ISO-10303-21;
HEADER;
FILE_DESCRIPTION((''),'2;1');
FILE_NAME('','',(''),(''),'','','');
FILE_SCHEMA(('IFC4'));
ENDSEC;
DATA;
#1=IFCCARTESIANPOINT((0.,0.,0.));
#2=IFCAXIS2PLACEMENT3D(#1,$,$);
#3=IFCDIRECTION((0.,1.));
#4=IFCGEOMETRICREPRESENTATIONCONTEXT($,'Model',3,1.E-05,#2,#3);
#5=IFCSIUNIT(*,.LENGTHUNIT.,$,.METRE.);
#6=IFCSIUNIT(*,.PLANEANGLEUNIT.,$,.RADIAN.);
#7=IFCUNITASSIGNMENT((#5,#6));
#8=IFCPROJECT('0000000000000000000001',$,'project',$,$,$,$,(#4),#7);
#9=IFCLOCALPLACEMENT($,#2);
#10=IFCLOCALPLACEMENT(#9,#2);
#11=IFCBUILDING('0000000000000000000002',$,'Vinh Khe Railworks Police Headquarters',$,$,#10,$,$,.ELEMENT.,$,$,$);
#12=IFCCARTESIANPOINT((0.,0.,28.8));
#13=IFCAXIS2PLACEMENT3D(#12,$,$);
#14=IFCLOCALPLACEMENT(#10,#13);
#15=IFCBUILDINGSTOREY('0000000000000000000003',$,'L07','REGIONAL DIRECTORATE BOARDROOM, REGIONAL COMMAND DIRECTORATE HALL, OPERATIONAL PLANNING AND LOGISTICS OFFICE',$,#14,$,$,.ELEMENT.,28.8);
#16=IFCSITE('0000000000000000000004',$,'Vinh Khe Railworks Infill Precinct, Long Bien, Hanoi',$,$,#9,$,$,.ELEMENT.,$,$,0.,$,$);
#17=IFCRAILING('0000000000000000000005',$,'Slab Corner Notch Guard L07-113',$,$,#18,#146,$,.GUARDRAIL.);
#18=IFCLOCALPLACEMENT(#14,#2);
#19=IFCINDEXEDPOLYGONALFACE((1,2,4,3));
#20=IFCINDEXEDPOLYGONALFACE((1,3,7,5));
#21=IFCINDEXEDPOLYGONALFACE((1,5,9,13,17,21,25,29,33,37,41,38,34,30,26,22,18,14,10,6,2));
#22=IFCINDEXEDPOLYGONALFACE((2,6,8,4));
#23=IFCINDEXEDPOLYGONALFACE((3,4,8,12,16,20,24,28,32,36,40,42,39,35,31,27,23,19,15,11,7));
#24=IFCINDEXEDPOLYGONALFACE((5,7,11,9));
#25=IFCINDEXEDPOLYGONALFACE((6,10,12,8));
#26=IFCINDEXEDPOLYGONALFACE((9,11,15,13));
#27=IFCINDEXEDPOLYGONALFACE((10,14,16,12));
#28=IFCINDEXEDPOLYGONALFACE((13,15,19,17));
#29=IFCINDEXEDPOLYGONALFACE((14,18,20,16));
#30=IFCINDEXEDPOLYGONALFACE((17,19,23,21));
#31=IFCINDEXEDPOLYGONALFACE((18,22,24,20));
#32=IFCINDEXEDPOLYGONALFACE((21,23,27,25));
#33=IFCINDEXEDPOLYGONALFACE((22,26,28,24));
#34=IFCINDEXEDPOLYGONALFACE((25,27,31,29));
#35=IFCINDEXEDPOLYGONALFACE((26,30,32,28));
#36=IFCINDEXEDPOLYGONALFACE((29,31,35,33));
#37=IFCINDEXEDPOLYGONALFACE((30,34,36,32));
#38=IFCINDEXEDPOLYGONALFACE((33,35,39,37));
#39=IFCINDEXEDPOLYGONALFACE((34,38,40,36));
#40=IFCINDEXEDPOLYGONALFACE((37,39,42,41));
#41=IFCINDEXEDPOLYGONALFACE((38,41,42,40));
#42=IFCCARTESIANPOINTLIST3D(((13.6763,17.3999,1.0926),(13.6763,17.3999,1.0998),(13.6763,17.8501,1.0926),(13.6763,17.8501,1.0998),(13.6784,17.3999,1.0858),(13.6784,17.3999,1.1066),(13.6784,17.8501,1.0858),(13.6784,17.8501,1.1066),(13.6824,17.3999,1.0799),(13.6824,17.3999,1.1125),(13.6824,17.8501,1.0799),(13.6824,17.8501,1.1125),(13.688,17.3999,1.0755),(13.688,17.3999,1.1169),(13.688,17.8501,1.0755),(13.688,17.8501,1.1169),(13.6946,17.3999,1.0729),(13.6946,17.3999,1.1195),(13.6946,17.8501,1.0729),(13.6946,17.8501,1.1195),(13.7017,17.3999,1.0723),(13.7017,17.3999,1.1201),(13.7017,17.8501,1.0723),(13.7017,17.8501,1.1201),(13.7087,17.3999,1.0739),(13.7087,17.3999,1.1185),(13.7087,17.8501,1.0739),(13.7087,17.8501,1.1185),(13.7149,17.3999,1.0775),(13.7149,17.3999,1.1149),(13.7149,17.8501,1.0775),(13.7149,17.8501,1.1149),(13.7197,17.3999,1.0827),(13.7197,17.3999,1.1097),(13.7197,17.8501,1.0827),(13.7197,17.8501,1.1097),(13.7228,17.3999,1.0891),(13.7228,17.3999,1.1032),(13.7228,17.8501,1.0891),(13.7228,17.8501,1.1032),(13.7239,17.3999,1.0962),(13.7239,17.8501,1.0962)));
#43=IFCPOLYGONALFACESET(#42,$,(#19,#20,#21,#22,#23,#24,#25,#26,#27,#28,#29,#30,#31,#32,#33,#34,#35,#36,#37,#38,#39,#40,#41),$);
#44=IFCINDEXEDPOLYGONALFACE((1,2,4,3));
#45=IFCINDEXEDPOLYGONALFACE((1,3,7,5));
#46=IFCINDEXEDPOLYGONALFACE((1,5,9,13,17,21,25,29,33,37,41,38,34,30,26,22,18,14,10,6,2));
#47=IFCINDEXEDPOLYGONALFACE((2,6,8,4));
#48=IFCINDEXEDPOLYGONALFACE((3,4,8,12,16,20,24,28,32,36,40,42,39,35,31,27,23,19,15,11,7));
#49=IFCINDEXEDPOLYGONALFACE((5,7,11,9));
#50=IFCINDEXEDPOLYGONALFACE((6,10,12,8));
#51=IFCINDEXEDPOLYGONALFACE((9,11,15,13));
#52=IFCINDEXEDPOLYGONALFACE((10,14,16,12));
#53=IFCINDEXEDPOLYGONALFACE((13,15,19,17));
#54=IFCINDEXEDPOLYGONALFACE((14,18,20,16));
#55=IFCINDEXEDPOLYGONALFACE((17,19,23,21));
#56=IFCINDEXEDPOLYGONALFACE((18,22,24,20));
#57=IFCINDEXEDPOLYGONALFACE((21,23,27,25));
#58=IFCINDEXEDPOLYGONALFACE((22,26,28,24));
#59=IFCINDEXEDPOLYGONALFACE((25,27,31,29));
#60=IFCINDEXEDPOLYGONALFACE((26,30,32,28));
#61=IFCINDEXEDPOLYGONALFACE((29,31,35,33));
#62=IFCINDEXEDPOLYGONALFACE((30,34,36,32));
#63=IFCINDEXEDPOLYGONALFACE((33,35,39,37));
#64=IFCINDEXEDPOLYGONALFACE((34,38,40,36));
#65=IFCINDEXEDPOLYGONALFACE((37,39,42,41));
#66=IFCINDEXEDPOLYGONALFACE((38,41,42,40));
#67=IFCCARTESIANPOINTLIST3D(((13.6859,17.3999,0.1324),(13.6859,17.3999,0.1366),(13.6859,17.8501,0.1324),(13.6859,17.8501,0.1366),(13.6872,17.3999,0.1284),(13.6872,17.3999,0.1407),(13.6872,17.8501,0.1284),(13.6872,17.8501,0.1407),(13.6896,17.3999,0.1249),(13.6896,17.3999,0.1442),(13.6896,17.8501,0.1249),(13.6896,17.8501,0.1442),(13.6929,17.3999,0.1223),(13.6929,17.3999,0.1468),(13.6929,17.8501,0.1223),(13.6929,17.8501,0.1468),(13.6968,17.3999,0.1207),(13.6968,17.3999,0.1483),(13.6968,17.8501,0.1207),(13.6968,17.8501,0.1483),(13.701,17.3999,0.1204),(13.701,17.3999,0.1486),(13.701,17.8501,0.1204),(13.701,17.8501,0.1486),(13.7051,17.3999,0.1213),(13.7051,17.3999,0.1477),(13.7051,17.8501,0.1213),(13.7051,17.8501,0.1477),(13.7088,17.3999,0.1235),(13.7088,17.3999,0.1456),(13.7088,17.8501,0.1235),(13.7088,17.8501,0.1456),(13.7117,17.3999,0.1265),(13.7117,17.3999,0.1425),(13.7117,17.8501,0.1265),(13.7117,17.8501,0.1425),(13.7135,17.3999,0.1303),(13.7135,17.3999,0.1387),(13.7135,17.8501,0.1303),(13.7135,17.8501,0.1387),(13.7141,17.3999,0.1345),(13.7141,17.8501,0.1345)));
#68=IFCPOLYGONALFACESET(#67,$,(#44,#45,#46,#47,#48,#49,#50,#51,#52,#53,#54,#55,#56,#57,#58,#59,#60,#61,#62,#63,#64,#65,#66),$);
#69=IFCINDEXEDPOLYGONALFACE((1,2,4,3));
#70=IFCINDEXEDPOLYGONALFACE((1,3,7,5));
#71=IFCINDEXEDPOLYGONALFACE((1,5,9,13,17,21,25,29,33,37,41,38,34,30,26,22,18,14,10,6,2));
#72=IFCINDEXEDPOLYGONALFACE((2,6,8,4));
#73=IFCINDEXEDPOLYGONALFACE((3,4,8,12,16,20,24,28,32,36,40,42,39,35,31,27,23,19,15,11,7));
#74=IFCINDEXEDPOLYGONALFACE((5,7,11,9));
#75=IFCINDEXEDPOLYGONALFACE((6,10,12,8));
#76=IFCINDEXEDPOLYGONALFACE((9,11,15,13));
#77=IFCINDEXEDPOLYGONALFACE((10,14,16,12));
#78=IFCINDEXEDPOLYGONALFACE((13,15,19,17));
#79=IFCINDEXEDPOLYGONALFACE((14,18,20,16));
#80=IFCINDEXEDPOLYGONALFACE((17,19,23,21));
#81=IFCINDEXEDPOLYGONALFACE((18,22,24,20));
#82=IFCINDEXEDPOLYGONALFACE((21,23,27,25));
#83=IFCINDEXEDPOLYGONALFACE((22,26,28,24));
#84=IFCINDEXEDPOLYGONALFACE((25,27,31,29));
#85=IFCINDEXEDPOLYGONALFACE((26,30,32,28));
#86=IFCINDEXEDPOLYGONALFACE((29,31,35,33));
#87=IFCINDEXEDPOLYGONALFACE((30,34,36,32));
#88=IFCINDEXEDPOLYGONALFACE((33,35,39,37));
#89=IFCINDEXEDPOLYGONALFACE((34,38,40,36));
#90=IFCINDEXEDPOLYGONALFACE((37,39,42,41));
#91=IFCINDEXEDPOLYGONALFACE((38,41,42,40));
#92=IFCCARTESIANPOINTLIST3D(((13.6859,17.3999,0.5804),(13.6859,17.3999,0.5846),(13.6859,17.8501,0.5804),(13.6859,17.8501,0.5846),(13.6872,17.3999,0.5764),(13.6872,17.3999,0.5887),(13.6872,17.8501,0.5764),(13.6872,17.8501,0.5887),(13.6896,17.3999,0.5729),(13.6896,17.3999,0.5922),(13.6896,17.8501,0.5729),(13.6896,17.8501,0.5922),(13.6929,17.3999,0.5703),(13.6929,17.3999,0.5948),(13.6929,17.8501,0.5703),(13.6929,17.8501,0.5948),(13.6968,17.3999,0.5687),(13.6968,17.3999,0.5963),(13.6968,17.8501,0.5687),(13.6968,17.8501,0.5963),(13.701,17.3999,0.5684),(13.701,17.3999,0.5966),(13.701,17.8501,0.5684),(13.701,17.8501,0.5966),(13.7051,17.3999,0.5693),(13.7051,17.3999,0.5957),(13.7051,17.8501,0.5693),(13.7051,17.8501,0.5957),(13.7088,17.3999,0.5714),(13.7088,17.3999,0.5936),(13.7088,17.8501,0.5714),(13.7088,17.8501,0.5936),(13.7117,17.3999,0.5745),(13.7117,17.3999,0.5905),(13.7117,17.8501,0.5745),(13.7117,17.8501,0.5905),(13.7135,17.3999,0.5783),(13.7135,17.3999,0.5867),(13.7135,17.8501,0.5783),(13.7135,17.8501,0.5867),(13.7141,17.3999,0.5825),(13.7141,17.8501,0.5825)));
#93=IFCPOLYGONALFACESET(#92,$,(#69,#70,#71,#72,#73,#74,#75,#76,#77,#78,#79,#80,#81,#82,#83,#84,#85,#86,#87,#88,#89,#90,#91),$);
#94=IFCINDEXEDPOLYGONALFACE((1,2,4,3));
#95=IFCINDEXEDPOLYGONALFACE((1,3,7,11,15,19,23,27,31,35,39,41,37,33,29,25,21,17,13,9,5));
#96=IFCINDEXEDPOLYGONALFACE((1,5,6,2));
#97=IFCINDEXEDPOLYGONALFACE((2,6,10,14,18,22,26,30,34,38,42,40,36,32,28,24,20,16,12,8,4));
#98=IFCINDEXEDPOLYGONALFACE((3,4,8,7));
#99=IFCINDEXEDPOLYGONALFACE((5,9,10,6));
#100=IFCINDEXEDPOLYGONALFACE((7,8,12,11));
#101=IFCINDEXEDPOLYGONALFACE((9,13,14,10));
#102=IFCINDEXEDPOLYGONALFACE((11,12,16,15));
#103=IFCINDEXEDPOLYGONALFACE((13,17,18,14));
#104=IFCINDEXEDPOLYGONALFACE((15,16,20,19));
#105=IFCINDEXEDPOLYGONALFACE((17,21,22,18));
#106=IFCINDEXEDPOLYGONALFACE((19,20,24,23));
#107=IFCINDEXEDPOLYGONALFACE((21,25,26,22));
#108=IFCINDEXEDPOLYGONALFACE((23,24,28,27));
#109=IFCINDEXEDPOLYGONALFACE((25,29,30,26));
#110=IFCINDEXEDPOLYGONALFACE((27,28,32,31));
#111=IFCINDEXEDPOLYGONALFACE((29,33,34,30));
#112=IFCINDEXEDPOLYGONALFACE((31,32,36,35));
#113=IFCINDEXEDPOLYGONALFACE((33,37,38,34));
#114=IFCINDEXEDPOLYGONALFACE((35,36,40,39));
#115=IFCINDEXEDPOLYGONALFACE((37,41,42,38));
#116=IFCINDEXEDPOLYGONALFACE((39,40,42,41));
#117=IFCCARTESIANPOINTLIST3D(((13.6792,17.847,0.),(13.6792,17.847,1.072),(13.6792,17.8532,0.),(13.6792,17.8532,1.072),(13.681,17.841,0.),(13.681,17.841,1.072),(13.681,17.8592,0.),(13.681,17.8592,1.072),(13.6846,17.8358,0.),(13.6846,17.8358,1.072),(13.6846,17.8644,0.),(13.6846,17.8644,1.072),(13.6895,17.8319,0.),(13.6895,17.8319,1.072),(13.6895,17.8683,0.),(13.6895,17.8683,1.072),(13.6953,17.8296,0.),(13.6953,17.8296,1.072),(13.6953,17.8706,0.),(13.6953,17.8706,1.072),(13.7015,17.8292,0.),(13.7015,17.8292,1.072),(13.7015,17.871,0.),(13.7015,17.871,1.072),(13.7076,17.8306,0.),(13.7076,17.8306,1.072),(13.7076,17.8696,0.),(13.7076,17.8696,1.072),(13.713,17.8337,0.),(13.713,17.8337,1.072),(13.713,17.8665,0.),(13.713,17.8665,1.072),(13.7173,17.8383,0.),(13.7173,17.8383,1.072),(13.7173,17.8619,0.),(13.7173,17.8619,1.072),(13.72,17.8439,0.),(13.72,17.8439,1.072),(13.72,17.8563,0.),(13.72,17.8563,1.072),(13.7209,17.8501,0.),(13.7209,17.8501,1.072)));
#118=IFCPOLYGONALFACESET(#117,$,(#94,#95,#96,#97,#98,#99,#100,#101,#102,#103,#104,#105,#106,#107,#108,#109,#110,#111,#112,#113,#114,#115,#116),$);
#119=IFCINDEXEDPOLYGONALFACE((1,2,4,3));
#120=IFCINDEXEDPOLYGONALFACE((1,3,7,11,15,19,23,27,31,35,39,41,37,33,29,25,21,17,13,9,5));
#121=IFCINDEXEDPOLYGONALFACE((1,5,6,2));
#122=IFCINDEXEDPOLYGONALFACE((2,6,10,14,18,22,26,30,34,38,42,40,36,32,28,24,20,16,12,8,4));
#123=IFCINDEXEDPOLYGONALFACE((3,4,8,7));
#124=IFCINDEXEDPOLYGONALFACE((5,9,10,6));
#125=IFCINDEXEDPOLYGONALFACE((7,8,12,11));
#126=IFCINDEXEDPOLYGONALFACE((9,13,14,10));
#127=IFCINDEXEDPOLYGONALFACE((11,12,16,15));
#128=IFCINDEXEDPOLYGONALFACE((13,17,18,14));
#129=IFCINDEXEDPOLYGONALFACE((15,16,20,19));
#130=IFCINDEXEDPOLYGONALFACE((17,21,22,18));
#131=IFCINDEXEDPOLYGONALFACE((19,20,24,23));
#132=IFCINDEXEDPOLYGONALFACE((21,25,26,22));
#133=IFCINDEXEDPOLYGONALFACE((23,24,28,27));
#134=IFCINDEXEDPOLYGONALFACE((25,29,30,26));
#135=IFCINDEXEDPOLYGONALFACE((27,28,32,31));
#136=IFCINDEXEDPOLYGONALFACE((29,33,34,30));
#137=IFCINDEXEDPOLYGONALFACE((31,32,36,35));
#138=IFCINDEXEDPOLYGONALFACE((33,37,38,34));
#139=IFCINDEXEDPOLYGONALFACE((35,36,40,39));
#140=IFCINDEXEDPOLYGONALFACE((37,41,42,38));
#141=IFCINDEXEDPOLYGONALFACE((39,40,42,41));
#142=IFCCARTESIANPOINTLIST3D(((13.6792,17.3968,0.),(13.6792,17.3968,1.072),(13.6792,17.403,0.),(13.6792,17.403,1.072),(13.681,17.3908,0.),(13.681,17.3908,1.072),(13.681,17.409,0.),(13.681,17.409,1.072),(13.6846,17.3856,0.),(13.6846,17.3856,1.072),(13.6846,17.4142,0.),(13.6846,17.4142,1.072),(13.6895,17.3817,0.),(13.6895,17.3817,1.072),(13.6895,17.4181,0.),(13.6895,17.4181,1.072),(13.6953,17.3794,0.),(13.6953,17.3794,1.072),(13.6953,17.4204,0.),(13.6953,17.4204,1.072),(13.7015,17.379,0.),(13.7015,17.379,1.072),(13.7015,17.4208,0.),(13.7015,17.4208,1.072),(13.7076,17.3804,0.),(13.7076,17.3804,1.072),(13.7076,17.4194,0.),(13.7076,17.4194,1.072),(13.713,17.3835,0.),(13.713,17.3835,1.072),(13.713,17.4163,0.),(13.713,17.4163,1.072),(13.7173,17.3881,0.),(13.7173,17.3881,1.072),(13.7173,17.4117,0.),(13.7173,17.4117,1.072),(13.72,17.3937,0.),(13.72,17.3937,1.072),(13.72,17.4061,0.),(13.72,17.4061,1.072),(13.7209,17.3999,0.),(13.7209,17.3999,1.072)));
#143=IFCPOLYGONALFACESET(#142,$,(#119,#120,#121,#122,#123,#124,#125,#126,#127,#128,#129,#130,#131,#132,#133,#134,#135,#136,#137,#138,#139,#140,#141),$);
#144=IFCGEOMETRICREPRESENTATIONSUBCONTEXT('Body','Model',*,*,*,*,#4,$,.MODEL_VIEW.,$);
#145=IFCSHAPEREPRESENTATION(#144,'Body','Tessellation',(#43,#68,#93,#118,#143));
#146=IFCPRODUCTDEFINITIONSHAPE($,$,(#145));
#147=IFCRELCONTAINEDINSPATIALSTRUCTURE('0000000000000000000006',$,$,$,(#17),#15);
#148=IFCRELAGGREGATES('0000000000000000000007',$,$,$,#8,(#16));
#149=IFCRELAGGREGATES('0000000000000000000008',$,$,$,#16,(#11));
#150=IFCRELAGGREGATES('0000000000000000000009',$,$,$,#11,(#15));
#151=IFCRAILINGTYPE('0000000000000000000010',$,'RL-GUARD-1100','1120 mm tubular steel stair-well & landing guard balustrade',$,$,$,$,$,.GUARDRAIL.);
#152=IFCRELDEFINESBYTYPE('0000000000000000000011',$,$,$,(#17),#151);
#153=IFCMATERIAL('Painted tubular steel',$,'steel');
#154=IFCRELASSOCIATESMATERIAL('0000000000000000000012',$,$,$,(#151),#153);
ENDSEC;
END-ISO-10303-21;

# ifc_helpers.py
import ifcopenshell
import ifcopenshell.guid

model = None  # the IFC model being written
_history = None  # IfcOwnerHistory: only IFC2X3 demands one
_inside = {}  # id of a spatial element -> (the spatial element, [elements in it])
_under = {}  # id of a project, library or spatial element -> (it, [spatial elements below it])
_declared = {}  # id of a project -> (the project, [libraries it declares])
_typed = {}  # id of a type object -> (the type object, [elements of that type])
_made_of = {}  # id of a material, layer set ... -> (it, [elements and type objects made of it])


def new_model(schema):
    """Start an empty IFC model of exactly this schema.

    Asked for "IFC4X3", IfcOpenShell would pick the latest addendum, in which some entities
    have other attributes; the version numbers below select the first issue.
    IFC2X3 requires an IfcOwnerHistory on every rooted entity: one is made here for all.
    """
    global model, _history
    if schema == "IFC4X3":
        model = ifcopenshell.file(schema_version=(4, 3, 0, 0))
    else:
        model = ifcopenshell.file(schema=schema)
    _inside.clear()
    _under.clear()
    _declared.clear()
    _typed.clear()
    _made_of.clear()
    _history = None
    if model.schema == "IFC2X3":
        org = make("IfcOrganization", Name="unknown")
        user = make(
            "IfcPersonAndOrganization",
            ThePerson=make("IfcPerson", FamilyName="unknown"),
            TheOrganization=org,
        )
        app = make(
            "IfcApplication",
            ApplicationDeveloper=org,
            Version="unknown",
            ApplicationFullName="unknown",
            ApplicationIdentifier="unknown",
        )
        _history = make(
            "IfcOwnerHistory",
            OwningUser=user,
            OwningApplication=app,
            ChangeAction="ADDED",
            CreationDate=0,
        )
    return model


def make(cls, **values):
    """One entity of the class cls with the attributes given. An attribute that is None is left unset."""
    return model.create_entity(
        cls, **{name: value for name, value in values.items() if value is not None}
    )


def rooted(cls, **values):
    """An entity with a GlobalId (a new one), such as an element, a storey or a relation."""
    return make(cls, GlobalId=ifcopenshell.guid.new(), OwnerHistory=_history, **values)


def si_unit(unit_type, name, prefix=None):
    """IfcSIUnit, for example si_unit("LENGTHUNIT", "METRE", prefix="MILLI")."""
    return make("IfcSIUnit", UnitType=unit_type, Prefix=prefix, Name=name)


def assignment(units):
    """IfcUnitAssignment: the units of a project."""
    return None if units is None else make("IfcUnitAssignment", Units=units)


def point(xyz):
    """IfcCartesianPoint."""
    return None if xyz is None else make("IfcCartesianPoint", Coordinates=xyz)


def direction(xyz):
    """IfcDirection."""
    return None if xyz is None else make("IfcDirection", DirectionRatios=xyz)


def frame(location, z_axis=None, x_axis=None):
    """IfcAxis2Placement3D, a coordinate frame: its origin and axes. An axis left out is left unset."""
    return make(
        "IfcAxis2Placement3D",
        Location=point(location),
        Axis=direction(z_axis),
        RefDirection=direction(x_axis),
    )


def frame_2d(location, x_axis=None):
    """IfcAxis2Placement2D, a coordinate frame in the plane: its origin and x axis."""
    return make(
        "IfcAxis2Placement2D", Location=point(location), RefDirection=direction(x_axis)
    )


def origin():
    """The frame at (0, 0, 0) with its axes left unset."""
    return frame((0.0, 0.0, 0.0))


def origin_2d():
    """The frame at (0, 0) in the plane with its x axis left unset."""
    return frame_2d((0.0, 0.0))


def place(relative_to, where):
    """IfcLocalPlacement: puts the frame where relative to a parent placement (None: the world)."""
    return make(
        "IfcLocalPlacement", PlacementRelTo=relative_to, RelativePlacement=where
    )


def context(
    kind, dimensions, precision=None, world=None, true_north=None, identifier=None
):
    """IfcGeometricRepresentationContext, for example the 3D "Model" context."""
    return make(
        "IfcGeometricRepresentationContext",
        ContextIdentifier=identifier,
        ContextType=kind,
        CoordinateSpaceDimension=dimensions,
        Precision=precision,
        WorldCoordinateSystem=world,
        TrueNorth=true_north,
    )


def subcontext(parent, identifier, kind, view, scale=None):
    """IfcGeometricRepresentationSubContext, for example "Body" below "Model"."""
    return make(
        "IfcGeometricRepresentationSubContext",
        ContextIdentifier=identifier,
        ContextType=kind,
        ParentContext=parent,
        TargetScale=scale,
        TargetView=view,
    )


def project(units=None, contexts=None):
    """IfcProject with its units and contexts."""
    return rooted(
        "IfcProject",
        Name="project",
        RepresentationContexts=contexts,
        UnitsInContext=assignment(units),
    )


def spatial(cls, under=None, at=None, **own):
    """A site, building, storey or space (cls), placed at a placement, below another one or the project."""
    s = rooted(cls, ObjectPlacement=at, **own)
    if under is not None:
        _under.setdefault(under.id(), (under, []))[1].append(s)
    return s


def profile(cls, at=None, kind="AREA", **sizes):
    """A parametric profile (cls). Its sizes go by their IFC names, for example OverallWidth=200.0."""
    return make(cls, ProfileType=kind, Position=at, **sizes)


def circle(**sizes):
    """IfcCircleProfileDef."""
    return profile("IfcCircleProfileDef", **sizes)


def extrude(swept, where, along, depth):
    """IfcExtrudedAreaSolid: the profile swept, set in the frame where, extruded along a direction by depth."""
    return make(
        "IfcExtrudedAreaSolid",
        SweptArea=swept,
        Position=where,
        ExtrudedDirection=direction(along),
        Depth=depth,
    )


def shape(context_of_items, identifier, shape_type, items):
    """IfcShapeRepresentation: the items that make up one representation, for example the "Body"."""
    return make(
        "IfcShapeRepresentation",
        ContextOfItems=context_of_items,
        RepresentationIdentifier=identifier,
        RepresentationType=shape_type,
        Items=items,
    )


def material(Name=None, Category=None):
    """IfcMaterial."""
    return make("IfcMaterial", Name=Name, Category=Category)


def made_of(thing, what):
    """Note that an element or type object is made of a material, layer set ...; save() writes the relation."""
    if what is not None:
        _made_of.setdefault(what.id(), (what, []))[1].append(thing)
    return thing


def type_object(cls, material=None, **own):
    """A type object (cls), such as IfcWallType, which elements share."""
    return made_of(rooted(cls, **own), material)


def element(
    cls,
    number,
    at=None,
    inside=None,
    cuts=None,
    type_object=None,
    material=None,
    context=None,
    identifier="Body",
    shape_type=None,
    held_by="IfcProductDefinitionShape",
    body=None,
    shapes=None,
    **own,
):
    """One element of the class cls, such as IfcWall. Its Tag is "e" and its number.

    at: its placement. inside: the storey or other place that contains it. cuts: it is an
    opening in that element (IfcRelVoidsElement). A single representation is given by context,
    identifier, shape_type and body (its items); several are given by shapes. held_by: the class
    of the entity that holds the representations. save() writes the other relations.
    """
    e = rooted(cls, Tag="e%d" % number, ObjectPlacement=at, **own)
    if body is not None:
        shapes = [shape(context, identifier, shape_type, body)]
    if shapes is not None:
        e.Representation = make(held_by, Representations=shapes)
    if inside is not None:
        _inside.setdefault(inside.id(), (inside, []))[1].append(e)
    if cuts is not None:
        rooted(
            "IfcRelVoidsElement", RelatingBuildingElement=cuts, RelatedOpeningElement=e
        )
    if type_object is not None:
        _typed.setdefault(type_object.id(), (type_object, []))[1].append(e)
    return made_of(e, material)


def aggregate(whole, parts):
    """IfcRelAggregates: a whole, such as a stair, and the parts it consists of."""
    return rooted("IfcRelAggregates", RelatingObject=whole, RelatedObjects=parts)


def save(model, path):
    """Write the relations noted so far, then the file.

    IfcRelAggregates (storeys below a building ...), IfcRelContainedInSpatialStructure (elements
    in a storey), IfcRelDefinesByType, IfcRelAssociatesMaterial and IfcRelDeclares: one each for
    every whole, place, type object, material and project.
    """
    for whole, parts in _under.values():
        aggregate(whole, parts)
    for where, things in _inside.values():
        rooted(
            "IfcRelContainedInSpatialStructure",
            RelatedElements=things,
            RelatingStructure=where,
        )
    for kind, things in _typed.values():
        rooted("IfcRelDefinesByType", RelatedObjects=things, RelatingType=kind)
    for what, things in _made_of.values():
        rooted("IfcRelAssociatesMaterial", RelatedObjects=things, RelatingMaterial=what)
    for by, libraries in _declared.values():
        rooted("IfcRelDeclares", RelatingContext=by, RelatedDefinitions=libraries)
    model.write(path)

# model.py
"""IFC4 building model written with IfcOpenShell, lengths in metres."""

from ifc_helpers import new_model, si_unit, direction, frame, origin, origin_2d, place, context, subcontext, project, spatial, circle, extrude, material, type_object, element, save


model = new_model("IFC4")

# Units and contexts
model_context = context("Model", 3, precision=1e-05, world=origin(), true_north=direction((0.0, 1.0)))
body_context = subcontext(model_context, "Body", "Model", "MODEL_VIEW")
ifc_project = project(units=[si_unit("LENGTHUNIT", "METRE"), si_unit("PLANEANGLEUNIT", "RADIAN")], contexts=[model_context])

# Site, building, storey
site_placement = place(None, origin())
site = spatial("IfcSite", under=ifc_project, at=site_placement, Name="Vinh Khe Railworks Infill Precinct, Long Bien, Hanoi", CompositionType="ELEMENT", RefElevation=0.0)
building_placement = place(site_placement, origin())
building = spatial("IfcBuilding", under=site, at=building_placement, Name="Vinh Khe Railworks Police Headquarters", CompositionType="ELEMENT")
storey_placement = place(building_placement, frame((0.0, 0.0, 28.8)))
storey = spatial("IfcBuildingStorey", under=building, at=storey_placement, Name="L07", Description="REGIONAL DIRECTORATE BOARDROOM, REGIONAL COMMAND DIRECTORATE HALL, OPERATIONAL PLANNING AND LOGISTICS OFFICE", CompositionType="ELEMENT", Elevation=28.8)

# Railing
ifc_material_1 = material(Name="Painted tubular steel", Category="steel")
railing_type = type_object("IfcRailingType", Name="RL-GUARD-1100", Description="1120 mm tubular steel stair-well & landing guard balustrade", PredefinedType="GUARDRAIL", material=ifc_material_1)
railing_1_placement = place(storey_placement, frame((13.7, 17.8501, 0.0)))
element("IfcRailing", 1, at=railing_1_placement, inside=storey, type_object=railing_type, Name="Slab Corner Notch Guard L07-113", PredefinedType="GUARDRAIL", context=body_context, shape_type="SweptSolid", body=[
    extrude(circle(Radius=0.0239, at=origin_2d()), frame((0.0, 0.0, 1.0962), z_axis=(0.0, -1.0, 0.0), x_axis=(1.0, 0.0, 0.0)), (0.0, 0.0, 1.0), 0.4502),
    extrude(circle(Radius=0.0142, at=origin_2d()), frame((0.0, 0.0, 0.1345), z_axis=(0.0, -1.0, 0.0), x_axis=(1.0, 0.0, 0.0)), (0.0, 0.0, 1.0), 0.4502),
    extrude(circle(Radius=0.0142, at=origin_2d()), frame((0.0, 0.0, 0.5825), z_axis=(0.0, -1.0, 0.0), x_axis=(1.0, 0.0, 0.0)), (0.0, 0.0, 1.0), 0.4502),
    extrude(circle(Radius=0.021, at=origin_2d()), origin(), (0.0, 0.0, 1.0), 1.072),
    extrude(circle(Radius=0.021, at=origin_2d()), frame((0.0, -0.4502, 0.0)), (0.0, 0.0, 1.0), 1.072),
])

save(model, "model.ifc")
